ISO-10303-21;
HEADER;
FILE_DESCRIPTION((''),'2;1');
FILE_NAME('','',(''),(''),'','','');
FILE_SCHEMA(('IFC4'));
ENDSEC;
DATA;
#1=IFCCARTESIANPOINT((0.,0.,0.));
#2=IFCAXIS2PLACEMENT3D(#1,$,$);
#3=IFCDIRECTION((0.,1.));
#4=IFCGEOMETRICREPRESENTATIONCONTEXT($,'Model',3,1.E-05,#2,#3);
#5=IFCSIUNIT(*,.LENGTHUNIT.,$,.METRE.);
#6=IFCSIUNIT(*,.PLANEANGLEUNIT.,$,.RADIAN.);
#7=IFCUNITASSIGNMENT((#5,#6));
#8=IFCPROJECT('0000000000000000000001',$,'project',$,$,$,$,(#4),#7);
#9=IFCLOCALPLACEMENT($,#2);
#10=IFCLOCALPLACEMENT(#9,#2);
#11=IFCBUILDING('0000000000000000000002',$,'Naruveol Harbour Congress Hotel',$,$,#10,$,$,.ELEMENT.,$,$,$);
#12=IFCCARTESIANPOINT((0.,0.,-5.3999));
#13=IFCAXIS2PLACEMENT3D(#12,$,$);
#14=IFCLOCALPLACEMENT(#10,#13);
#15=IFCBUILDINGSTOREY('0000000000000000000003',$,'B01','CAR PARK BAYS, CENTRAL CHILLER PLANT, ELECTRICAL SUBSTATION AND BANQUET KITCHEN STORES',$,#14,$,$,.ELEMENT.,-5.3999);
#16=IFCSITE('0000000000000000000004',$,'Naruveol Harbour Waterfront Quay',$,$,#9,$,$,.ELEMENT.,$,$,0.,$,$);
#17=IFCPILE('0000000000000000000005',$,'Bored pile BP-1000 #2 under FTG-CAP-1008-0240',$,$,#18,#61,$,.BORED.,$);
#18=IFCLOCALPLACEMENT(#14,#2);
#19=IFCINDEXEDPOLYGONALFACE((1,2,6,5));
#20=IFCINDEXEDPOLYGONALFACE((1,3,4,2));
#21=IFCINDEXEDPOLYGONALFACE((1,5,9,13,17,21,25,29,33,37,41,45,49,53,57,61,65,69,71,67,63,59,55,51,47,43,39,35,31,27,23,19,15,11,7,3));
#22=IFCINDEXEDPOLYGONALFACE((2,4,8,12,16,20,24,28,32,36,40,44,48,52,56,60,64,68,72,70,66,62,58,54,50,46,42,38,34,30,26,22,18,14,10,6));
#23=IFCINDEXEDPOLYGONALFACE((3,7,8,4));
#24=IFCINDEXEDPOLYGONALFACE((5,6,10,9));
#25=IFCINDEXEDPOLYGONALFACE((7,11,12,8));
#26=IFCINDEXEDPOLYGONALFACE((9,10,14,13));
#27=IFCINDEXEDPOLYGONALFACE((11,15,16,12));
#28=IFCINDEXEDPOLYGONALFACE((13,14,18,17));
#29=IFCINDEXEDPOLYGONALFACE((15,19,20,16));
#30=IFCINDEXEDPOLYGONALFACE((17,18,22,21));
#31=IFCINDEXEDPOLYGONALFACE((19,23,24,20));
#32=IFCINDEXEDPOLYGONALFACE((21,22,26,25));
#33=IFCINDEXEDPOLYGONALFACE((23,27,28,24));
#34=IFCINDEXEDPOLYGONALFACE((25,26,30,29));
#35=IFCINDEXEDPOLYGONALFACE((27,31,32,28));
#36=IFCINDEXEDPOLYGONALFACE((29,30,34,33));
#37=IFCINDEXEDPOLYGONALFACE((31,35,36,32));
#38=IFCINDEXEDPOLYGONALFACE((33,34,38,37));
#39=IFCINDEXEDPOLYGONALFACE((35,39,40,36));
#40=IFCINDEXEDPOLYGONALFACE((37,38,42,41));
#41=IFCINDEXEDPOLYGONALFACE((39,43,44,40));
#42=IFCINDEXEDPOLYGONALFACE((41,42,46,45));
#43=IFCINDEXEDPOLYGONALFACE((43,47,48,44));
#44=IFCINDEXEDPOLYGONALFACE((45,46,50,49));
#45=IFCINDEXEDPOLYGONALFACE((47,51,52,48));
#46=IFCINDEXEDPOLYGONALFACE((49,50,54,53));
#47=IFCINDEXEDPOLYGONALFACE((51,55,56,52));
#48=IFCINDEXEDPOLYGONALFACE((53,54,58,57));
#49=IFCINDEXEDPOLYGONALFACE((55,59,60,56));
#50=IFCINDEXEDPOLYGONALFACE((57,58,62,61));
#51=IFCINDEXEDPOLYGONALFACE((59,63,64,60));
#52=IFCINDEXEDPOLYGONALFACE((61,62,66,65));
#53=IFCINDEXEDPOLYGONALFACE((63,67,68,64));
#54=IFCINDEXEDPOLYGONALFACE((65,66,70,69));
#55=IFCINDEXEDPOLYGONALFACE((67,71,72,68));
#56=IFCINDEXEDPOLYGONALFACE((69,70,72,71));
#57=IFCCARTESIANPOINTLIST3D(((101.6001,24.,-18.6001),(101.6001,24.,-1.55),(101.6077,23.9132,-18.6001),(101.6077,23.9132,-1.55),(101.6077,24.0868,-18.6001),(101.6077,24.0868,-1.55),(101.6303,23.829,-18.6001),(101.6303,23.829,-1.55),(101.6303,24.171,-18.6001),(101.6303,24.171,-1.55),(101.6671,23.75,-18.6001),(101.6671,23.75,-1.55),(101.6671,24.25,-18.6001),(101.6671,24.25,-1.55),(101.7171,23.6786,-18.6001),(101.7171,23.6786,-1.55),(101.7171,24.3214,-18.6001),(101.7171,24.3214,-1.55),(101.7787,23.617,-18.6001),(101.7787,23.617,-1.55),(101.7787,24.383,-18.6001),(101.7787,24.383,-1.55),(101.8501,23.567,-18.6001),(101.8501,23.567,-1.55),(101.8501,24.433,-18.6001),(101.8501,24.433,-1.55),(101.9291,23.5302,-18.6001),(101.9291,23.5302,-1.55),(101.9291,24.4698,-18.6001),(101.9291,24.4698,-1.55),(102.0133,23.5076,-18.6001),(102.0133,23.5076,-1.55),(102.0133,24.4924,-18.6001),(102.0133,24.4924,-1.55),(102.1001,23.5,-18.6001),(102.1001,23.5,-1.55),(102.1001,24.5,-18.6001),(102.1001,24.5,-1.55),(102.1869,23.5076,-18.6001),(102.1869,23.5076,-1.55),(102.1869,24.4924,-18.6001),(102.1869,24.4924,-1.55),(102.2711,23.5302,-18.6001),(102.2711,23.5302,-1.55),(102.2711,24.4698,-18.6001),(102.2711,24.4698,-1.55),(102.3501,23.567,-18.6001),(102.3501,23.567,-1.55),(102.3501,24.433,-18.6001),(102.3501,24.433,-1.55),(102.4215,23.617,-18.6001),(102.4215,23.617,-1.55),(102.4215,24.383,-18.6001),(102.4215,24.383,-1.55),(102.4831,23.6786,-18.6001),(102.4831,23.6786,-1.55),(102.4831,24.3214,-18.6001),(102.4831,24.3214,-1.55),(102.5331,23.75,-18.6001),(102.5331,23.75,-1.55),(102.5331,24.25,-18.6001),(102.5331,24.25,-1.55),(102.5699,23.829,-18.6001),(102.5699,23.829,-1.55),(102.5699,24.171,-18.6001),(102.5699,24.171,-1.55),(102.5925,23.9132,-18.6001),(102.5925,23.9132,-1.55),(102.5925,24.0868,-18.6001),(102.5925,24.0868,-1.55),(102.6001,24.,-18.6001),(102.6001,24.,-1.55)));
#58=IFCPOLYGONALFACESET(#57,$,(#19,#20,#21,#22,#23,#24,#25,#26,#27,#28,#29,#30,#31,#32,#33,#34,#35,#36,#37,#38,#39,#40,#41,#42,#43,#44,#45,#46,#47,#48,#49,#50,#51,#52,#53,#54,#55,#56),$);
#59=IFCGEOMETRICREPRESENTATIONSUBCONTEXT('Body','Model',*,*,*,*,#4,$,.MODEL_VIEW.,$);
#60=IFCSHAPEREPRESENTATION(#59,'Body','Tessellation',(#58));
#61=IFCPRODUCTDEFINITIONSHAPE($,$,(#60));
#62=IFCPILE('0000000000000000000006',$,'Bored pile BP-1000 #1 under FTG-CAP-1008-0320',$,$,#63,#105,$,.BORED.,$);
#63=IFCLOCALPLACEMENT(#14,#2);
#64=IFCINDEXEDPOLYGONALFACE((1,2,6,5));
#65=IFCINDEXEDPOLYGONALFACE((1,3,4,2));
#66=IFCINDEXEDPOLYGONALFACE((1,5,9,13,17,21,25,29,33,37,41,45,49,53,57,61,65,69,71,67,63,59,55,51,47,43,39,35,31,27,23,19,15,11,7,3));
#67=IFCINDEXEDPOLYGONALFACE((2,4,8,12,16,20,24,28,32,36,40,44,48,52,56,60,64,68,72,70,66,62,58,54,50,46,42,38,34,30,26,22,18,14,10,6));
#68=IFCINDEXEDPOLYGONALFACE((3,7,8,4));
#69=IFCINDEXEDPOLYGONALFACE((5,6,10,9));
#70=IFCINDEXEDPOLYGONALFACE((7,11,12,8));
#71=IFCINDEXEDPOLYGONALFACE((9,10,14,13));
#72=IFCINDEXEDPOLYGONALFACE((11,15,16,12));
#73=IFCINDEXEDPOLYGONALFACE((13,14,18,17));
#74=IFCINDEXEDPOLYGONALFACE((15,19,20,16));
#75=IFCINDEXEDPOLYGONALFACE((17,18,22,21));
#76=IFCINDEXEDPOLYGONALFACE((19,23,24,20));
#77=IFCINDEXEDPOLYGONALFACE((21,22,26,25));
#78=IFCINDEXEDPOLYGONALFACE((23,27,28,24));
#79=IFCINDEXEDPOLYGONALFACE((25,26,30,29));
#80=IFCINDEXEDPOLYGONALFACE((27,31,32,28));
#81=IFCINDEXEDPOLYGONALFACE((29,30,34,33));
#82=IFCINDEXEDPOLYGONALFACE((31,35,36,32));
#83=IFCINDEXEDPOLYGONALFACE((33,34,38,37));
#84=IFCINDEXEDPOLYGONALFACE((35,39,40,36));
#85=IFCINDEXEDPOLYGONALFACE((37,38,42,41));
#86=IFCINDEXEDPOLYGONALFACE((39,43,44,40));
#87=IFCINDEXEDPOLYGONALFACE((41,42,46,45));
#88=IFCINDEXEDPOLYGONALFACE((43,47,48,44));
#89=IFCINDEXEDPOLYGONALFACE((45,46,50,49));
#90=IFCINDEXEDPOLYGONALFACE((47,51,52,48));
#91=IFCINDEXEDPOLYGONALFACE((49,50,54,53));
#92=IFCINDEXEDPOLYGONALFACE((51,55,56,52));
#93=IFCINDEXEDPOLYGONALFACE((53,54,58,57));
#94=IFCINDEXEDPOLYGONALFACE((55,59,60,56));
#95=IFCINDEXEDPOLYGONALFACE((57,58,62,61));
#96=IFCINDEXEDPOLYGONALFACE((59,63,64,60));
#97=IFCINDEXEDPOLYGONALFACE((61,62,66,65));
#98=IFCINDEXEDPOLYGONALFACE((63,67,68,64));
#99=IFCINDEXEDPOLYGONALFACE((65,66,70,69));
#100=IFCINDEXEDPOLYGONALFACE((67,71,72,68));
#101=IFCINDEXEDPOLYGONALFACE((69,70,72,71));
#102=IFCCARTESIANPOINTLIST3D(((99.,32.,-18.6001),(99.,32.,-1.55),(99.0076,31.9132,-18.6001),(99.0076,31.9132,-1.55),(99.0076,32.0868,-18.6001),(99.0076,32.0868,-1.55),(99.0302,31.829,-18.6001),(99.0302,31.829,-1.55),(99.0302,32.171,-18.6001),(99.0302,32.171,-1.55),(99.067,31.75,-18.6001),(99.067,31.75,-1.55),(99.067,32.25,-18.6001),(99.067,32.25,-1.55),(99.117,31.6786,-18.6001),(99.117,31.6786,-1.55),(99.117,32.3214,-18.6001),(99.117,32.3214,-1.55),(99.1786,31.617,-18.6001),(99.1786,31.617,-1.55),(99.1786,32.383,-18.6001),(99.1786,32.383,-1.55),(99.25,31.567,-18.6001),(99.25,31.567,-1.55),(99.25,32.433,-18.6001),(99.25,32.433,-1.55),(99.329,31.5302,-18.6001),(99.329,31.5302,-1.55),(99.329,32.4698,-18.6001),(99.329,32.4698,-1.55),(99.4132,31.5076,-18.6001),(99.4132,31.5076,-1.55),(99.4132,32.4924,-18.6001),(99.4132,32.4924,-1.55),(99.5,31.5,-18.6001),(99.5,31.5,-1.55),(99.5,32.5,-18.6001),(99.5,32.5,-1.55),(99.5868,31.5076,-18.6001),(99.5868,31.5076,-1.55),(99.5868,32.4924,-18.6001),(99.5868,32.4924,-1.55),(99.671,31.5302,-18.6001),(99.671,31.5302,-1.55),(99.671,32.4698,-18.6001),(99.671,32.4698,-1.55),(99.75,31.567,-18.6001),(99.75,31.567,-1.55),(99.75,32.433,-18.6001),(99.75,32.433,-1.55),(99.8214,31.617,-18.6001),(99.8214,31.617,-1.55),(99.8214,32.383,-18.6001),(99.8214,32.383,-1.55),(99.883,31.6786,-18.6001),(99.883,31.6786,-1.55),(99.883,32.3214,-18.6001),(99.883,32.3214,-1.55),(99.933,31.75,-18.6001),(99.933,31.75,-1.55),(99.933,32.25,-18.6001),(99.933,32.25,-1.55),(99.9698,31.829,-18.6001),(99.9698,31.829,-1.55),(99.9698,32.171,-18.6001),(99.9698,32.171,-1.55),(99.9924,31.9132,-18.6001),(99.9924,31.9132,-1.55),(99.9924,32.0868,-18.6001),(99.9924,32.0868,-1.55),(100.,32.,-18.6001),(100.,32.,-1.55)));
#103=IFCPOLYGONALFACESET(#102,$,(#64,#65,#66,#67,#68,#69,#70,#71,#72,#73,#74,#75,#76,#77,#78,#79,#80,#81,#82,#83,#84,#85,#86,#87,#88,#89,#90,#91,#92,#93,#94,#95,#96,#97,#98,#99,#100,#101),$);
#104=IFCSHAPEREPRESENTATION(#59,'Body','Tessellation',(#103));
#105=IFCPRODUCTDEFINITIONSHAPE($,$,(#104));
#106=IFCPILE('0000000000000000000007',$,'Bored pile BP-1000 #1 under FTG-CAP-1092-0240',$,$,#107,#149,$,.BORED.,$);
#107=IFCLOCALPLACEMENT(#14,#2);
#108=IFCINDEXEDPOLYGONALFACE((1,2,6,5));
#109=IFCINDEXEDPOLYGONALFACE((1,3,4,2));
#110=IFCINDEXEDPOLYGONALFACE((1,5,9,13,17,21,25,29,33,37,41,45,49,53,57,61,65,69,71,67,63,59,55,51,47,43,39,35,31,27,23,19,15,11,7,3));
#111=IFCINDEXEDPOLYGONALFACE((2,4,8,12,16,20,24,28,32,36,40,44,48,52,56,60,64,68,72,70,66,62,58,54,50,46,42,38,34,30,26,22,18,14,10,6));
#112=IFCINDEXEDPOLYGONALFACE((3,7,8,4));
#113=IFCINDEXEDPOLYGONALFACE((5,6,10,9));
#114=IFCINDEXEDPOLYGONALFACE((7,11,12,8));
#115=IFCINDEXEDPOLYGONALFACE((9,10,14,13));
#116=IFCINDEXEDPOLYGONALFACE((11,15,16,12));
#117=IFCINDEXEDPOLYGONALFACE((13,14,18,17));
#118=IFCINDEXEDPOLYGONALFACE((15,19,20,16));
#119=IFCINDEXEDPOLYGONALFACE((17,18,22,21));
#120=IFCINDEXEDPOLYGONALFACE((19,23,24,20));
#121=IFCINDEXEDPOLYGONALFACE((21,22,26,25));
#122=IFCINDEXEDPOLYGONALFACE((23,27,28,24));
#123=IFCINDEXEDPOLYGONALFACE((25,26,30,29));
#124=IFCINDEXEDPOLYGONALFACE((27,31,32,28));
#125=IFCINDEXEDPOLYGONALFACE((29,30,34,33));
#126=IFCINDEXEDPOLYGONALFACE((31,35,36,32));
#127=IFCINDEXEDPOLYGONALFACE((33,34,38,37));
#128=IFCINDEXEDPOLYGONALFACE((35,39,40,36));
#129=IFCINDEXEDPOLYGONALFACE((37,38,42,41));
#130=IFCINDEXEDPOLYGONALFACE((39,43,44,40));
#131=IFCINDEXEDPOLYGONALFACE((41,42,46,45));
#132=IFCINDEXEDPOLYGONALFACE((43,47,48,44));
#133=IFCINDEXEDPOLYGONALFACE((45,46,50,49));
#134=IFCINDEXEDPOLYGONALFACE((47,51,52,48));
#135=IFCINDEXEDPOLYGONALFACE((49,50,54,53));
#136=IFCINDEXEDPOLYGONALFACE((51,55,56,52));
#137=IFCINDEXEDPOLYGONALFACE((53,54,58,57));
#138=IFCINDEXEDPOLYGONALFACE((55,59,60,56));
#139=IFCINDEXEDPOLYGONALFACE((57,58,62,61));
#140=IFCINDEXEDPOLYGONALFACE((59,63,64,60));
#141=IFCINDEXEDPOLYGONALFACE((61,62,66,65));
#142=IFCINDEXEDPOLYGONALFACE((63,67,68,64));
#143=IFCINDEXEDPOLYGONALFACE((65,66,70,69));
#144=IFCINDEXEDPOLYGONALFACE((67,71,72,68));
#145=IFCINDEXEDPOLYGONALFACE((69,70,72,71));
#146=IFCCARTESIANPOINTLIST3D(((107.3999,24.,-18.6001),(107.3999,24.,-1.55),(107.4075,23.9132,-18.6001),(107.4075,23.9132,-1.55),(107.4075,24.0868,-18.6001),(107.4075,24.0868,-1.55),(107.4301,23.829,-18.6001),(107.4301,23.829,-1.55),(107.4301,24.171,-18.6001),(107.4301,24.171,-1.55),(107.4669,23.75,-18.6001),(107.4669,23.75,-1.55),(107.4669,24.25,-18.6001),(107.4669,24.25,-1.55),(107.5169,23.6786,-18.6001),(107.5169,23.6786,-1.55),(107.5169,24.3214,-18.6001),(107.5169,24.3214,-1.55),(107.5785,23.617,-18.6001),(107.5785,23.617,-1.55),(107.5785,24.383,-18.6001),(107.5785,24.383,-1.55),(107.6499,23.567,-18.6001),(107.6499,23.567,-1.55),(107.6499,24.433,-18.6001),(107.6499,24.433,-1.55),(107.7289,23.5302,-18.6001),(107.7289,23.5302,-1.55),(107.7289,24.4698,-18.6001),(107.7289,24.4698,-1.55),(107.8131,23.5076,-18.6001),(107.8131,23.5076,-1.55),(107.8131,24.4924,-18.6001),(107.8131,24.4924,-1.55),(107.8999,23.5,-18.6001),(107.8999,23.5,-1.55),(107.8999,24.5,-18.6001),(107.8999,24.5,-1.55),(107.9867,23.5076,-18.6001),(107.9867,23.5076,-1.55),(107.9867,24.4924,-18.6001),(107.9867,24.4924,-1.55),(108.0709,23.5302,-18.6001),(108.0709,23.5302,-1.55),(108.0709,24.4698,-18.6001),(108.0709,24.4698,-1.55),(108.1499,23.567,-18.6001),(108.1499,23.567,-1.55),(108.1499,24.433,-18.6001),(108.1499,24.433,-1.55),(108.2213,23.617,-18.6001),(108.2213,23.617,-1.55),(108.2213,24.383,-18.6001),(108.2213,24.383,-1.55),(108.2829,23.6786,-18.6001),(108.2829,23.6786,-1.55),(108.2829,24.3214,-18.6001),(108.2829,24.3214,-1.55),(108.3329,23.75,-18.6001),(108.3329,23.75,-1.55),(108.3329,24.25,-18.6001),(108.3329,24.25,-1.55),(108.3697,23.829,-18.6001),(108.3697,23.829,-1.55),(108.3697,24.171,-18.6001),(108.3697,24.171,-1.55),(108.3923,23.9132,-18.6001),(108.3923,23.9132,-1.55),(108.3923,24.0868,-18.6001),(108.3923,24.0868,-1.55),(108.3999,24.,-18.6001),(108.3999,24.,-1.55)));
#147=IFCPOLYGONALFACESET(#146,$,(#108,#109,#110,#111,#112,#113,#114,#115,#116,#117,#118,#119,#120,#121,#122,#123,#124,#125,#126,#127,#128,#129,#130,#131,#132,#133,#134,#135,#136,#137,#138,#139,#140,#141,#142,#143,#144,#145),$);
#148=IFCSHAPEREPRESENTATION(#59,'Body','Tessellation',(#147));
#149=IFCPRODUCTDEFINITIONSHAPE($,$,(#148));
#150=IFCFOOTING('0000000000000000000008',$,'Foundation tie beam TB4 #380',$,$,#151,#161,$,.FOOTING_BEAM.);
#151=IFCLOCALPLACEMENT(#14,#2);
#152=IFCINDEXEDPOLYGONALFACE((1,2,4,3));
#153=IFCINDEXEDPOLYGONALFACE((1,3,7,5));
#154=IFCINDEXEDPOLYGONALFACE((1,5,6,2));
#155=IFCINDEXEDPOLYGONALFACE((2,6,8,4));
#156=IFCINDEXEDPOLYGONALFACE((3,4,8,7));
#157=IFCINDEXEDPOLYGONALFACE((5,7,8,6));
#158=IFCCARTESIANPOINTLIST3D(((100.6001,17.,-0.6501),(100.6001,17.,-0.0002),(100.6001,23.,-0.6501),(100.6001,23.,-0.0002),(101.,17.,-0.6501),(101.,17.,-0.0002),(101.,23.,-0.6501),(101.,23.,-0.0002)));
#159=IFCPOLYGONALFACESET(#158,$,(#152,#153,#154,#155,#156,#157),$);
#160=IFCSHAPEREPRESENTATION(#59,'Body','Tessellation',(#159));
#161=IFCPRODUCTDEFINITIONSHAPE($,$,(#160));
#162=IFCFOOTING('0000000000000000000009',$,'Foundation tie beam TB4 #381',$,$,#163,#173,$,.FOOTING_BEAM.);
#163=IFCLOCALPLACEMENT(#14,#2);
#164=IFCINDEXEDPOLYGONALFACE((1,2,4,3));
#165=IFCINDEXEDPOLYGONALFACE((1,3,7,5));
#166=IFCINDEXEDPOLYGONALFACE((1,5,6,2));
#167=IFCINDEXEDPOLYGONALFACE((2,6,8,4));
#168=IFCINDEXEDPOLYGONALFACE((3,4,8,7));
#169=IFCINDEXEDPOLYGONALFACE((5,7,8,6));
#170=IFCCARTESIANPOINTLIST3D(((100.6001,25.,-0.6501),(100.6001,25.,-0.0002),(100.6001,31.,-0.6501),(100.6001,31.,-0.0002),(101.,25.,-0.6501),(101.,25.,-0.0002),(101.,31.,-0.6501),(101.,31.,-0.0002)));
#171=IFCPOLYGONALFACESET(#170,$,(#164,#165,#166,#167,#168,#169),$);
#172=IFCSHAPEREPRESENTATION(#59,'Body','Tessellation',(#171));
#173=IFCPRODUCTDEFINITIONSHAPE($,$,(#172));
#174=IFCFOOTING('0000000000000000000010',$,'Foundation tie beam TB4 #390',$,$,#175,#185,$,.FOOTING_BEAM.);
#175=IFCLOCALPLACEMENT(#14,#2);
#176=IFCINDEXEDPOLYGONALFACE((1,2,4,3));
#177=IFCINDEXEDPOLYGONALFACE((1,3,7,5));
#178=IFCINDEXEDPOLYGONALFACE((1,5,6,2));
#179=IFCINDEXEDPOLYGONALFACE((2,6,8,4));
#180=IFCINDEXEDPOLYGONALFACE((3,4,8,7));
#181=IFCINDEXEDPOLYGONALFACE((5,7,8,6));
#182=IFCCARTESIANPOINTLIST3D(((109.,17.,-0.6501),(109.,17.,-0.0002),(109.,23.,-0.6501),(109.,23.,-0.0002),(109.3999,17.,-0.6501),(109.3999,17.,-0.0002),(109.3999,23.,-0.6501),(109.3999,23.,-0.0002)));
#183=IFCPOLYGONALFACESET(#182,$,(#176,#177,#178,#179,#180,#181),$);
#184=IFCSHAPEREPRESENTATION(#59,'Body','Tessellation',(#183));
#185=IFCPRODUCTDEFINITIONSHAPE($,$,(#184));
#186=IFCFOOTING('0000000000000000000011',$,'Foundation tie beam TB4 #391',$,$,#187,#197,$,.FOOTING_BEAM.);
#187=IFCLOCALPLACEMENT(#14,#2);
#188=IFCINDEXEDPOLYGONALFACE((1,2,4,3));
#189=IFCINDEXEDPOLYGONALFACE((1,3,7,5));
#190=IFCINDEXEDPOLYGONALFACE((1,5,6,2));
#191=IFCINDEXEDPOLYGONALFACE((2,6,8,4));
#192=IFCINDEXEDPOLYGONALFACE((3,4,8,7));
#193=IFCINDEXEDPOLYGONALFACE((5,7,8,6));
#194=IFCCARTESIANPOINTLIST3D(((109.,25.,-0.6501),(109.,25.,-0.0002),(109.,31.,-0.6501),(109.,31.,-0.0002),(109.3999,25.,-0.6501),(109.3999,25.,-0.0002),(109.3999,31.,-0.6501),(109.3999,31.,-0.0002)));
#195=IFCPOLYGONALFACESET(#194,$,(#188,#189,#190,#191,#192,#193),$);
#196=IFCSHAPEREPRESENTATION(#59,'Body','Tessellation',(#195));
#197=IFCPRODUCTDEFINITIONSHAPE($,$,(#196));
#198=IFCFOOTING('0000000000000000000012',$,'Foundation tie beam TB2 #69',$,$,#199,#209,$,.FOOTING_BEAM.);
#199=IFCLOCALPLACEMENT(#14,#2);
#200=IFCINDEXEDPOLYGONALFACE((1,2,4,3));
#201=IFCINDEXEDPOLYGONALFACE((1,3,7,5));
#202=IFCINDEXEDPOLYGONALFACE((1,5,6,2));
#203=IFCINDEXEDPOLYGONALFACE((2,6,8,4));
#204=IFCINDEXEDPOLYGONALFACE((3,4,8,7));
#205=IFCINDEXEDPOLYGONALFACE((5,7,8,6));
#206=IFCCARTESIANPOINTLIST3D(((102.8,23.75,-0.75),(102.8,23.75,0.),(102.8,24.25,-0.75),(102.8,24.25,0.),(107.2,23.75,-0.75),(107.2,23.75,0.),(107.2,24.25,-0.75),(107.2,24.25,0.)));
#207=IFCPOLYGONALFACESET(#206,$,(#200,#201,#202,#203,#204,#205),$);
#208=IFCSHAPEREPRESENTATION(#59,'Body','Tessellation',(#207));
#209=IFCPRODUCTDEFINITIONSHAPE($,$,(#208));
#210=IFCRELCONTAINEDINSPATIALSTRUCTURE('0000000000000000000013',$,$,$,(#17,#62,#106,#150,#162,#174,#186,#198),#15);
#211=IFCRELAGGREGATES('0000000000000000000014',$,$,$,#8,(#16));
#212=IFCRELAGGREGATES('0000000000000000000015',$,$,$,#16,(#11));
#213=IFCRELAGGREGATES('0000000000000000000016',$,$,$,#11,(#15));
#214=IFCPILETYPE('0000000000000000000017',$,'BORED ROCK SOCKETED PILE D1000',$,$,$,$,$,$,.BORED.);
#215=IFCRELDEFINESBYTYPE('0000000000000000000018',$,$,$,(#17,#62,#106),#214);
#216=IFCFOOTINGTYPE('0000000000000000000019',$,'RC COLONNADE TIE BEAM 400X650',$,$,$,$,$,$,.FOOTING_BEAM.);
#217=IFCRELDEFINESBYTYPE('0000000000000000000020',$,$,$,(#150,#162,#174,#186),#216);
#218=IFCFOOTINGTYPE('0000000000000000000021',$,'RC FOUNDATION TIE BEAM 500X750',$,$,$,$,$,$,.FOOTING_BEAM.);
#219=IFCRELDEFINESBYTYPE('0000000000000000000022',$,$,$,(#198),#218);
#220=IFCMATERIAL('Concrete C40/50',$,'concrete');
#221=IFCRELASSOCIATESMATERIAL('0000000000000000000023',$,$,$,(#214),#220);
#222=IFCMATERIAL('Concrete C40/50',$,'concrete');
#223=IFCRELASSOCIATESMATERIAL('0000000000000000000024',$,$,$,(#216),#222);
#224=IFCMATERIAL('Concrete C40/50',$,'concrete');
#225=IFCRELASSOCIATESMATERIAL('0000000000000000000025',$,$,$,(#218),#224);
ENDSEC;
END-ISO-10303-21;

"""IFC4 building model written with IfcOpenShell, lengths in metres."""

from ifc_helpers import new_model, si_unit, direction, frame, origin, origin_2d, place, context, subcontext, project, spatial, rectangle, circle, extrude, material, material_profile, profile_set, type_object, element, save


model = new_model("IFC4")

# Units and contexts
model_context = context("Model", 3, precision=1e-05, world=origin(), true_north=direction((0.0, 1.0)))
body_context = subcontext(model_context, "Body", "Model", "MODEL_VIEW")
ifc_project = project(units=[si_unit("LENGTHUNIT", "METRE"), si_unit("PLANEANGLEUNIT", "RADIAN")], contexts=[model_context])

# Site, building, storey
site_placement = place(None, origin())
site = spatial("IfcSite", under=ifc_project, at=site_placement, Name="Naruveol Harbour Waterfront Quay", CompositionType="ELEMENT", RefElevation=0.0)
building_placement = place(site_placement, origin())
building = spatial("IfcBuilding", under=site, at=building_placement, Name="Naruveol Harbour Congress Hotel", CompositionType="ELEMENT")
storey_placement = place(building_placement, frame((0.0, 0.0, -5.3999)))
storey = spatial("IfcBuildingStorey", under=building, at=storey_placement, Name="B01", Description="CAR PARK BAYS, CENTRAL CHILLER PLANT, ELECTRICAL SUBSTATION AND BANQUET KITCHEN STORES", CompositionType="ELEMENT", Elevation=-5.3999)

# Piles
ifc_material_1 = material(Name="Concrete C40/50", Category="concrete")
ifc_material_profile_1 = material_profile(ifc_material_1, circle(Radius=0.5, at=origin_2d()), Name="BP-1000")
ifc_profile_set_1 = profile_set([ifc_material_profile_1], Name="Concrete C40/50")
pile_type = type_object("IfcPileType", Name="BORED ROCK SOCKETED PILE D1000", PredefinedType="BORED", material=ifc_profile_set_1)
for number, where, z_axis, x_axis, name in (
    (1, (102.1001, 24.0, -1.55), (0.0, 0.0, -1.0), (1.0, 0.0, 0.0), "Bored pile BP-1000 #2 under FTG-CAP-1008-0240"),
    (2, (99.5, 32.0, -1.55), (0.0, 0.0, -1.0), (1.0, 0.0, 0.0), "Bored pile BP-1000 #1 under FTG-CAP-1008-0320"),
    (3, (107.8999, 24.0, -1.55), (0.0, 0.0, -1.0), (1.0, 0.0, 0.0), "Bored pile BP-1000 #1 under FTG-CAP-1092-0240"),
):
    element("IfcPile", number, at=place(storey_placement, frame(where, z_axis=z_axis, x_axis=x_axis)), inside=storey, type_object=pile_type, Name=name, PredefinedType="BORED", context=body_context, shape_type="SweptSolid", body=[
        extrude(circle(Radius=0.5, at=origin_2d()), origin(), (0.0, 0.0, 1.0), 17.05),
    ])

# Footings
ifc_material_2 = material(Name="Concrete C40/50", Category="concrete")
ifc_material_profile_2 = material_profile(ifc_material_2, rectangle(XDim=0.3999, YDim=0.6499, at=origin_2d()), Name="RCB-400x650")
ifc_profile_set_2 = profile_set([ifc_material_profile_2], Name="Concrete C40/50")
footing_type_1 = type_object("IfcFootingType", Name="RC COLONNADE TIE BEAM 400X650", PredefinedType="FOOTING_BEAM", material=ifc_profile_set_2)
for number, where, z_axis, x_axis, name in (
    (4, (100.8, 17.0, -0.3252), (0.0, 1.0, 0.0), (-1.0, 0.0, 0.0), "Foundation tie beam TB4 #380"),
    (5, (100.8, 25.0, -0.3252), (0.0, 1.0, 0.0), (-1.0, 0.0, 0.0), "Foundation tie beam TB4 #381"),
    (6, (109.2, 17.0, -0.3252), (0.0, 1.0, 0.0), (-1.0, 0.0, 0.0), "Foundation tie beam TB4 #390"),
    (7, (109.2, 25.0, -0.3252), (0.0, 1.0, 0.0), (-1.0, 0.0, 0.0), "Foundation tie beam TB4 #391"),
):
    element("IfcFooting", number, at=place(storey_placement, frame(where, z_axis=z_axis, x_axis=x_axis)), inside=storey, type_object=footing_type_1, Name=name, PredefinedType="FOOTING_BEAM", context=body_context, shape_type="SweptSolid", body=[
        extrude(rectangle(XDim=0.3999, YDim=0.6499, at=origin_2d()), origin(), (0.0, 0.0, 1.0), 6.0),
    ])
ifc_material_3 = material(Name="Concrete C40/50", Category="concrete")
ifc_material_profile_3 = material_profile(ifc_material_3, rectangle(XDim=0.5, YDim=0.75, at=origin_2d()), Name="RCB-500x750")
ifc_profile_set_3 = profile_set([ifc_material_profile_3], Name="Concrete C40/50")
footing_type_2 = type_object("IfcFootingType", Name="RC FOUNDATION TIE BEAM 500X750", PredefinedType="FOOTING_BEAM", material=ifc_profile_set_3)
footing_placement = place(storey_placement, frame((102.8, 24.0, -0.375), z_axis=(1.0, 0.0, 0.0), x_axis=(0.0, 1.0, 0.0)))
element("IfcFooting", 8, at=footing_placement, inside=storey, type_object=footing_type_2, Name="Foundation tie beam TB2 #69", PredefinedType="FOOTING_BEAM", context=body_context, shape_type="SweptSolid", body=[
    extrude(rectangle(XDim=0.5, YDim=0.75, at=origin_2d()), origin(), (0.0, 0.0, 1.0), 4.3999),
])

save(model, "model.ifc")
